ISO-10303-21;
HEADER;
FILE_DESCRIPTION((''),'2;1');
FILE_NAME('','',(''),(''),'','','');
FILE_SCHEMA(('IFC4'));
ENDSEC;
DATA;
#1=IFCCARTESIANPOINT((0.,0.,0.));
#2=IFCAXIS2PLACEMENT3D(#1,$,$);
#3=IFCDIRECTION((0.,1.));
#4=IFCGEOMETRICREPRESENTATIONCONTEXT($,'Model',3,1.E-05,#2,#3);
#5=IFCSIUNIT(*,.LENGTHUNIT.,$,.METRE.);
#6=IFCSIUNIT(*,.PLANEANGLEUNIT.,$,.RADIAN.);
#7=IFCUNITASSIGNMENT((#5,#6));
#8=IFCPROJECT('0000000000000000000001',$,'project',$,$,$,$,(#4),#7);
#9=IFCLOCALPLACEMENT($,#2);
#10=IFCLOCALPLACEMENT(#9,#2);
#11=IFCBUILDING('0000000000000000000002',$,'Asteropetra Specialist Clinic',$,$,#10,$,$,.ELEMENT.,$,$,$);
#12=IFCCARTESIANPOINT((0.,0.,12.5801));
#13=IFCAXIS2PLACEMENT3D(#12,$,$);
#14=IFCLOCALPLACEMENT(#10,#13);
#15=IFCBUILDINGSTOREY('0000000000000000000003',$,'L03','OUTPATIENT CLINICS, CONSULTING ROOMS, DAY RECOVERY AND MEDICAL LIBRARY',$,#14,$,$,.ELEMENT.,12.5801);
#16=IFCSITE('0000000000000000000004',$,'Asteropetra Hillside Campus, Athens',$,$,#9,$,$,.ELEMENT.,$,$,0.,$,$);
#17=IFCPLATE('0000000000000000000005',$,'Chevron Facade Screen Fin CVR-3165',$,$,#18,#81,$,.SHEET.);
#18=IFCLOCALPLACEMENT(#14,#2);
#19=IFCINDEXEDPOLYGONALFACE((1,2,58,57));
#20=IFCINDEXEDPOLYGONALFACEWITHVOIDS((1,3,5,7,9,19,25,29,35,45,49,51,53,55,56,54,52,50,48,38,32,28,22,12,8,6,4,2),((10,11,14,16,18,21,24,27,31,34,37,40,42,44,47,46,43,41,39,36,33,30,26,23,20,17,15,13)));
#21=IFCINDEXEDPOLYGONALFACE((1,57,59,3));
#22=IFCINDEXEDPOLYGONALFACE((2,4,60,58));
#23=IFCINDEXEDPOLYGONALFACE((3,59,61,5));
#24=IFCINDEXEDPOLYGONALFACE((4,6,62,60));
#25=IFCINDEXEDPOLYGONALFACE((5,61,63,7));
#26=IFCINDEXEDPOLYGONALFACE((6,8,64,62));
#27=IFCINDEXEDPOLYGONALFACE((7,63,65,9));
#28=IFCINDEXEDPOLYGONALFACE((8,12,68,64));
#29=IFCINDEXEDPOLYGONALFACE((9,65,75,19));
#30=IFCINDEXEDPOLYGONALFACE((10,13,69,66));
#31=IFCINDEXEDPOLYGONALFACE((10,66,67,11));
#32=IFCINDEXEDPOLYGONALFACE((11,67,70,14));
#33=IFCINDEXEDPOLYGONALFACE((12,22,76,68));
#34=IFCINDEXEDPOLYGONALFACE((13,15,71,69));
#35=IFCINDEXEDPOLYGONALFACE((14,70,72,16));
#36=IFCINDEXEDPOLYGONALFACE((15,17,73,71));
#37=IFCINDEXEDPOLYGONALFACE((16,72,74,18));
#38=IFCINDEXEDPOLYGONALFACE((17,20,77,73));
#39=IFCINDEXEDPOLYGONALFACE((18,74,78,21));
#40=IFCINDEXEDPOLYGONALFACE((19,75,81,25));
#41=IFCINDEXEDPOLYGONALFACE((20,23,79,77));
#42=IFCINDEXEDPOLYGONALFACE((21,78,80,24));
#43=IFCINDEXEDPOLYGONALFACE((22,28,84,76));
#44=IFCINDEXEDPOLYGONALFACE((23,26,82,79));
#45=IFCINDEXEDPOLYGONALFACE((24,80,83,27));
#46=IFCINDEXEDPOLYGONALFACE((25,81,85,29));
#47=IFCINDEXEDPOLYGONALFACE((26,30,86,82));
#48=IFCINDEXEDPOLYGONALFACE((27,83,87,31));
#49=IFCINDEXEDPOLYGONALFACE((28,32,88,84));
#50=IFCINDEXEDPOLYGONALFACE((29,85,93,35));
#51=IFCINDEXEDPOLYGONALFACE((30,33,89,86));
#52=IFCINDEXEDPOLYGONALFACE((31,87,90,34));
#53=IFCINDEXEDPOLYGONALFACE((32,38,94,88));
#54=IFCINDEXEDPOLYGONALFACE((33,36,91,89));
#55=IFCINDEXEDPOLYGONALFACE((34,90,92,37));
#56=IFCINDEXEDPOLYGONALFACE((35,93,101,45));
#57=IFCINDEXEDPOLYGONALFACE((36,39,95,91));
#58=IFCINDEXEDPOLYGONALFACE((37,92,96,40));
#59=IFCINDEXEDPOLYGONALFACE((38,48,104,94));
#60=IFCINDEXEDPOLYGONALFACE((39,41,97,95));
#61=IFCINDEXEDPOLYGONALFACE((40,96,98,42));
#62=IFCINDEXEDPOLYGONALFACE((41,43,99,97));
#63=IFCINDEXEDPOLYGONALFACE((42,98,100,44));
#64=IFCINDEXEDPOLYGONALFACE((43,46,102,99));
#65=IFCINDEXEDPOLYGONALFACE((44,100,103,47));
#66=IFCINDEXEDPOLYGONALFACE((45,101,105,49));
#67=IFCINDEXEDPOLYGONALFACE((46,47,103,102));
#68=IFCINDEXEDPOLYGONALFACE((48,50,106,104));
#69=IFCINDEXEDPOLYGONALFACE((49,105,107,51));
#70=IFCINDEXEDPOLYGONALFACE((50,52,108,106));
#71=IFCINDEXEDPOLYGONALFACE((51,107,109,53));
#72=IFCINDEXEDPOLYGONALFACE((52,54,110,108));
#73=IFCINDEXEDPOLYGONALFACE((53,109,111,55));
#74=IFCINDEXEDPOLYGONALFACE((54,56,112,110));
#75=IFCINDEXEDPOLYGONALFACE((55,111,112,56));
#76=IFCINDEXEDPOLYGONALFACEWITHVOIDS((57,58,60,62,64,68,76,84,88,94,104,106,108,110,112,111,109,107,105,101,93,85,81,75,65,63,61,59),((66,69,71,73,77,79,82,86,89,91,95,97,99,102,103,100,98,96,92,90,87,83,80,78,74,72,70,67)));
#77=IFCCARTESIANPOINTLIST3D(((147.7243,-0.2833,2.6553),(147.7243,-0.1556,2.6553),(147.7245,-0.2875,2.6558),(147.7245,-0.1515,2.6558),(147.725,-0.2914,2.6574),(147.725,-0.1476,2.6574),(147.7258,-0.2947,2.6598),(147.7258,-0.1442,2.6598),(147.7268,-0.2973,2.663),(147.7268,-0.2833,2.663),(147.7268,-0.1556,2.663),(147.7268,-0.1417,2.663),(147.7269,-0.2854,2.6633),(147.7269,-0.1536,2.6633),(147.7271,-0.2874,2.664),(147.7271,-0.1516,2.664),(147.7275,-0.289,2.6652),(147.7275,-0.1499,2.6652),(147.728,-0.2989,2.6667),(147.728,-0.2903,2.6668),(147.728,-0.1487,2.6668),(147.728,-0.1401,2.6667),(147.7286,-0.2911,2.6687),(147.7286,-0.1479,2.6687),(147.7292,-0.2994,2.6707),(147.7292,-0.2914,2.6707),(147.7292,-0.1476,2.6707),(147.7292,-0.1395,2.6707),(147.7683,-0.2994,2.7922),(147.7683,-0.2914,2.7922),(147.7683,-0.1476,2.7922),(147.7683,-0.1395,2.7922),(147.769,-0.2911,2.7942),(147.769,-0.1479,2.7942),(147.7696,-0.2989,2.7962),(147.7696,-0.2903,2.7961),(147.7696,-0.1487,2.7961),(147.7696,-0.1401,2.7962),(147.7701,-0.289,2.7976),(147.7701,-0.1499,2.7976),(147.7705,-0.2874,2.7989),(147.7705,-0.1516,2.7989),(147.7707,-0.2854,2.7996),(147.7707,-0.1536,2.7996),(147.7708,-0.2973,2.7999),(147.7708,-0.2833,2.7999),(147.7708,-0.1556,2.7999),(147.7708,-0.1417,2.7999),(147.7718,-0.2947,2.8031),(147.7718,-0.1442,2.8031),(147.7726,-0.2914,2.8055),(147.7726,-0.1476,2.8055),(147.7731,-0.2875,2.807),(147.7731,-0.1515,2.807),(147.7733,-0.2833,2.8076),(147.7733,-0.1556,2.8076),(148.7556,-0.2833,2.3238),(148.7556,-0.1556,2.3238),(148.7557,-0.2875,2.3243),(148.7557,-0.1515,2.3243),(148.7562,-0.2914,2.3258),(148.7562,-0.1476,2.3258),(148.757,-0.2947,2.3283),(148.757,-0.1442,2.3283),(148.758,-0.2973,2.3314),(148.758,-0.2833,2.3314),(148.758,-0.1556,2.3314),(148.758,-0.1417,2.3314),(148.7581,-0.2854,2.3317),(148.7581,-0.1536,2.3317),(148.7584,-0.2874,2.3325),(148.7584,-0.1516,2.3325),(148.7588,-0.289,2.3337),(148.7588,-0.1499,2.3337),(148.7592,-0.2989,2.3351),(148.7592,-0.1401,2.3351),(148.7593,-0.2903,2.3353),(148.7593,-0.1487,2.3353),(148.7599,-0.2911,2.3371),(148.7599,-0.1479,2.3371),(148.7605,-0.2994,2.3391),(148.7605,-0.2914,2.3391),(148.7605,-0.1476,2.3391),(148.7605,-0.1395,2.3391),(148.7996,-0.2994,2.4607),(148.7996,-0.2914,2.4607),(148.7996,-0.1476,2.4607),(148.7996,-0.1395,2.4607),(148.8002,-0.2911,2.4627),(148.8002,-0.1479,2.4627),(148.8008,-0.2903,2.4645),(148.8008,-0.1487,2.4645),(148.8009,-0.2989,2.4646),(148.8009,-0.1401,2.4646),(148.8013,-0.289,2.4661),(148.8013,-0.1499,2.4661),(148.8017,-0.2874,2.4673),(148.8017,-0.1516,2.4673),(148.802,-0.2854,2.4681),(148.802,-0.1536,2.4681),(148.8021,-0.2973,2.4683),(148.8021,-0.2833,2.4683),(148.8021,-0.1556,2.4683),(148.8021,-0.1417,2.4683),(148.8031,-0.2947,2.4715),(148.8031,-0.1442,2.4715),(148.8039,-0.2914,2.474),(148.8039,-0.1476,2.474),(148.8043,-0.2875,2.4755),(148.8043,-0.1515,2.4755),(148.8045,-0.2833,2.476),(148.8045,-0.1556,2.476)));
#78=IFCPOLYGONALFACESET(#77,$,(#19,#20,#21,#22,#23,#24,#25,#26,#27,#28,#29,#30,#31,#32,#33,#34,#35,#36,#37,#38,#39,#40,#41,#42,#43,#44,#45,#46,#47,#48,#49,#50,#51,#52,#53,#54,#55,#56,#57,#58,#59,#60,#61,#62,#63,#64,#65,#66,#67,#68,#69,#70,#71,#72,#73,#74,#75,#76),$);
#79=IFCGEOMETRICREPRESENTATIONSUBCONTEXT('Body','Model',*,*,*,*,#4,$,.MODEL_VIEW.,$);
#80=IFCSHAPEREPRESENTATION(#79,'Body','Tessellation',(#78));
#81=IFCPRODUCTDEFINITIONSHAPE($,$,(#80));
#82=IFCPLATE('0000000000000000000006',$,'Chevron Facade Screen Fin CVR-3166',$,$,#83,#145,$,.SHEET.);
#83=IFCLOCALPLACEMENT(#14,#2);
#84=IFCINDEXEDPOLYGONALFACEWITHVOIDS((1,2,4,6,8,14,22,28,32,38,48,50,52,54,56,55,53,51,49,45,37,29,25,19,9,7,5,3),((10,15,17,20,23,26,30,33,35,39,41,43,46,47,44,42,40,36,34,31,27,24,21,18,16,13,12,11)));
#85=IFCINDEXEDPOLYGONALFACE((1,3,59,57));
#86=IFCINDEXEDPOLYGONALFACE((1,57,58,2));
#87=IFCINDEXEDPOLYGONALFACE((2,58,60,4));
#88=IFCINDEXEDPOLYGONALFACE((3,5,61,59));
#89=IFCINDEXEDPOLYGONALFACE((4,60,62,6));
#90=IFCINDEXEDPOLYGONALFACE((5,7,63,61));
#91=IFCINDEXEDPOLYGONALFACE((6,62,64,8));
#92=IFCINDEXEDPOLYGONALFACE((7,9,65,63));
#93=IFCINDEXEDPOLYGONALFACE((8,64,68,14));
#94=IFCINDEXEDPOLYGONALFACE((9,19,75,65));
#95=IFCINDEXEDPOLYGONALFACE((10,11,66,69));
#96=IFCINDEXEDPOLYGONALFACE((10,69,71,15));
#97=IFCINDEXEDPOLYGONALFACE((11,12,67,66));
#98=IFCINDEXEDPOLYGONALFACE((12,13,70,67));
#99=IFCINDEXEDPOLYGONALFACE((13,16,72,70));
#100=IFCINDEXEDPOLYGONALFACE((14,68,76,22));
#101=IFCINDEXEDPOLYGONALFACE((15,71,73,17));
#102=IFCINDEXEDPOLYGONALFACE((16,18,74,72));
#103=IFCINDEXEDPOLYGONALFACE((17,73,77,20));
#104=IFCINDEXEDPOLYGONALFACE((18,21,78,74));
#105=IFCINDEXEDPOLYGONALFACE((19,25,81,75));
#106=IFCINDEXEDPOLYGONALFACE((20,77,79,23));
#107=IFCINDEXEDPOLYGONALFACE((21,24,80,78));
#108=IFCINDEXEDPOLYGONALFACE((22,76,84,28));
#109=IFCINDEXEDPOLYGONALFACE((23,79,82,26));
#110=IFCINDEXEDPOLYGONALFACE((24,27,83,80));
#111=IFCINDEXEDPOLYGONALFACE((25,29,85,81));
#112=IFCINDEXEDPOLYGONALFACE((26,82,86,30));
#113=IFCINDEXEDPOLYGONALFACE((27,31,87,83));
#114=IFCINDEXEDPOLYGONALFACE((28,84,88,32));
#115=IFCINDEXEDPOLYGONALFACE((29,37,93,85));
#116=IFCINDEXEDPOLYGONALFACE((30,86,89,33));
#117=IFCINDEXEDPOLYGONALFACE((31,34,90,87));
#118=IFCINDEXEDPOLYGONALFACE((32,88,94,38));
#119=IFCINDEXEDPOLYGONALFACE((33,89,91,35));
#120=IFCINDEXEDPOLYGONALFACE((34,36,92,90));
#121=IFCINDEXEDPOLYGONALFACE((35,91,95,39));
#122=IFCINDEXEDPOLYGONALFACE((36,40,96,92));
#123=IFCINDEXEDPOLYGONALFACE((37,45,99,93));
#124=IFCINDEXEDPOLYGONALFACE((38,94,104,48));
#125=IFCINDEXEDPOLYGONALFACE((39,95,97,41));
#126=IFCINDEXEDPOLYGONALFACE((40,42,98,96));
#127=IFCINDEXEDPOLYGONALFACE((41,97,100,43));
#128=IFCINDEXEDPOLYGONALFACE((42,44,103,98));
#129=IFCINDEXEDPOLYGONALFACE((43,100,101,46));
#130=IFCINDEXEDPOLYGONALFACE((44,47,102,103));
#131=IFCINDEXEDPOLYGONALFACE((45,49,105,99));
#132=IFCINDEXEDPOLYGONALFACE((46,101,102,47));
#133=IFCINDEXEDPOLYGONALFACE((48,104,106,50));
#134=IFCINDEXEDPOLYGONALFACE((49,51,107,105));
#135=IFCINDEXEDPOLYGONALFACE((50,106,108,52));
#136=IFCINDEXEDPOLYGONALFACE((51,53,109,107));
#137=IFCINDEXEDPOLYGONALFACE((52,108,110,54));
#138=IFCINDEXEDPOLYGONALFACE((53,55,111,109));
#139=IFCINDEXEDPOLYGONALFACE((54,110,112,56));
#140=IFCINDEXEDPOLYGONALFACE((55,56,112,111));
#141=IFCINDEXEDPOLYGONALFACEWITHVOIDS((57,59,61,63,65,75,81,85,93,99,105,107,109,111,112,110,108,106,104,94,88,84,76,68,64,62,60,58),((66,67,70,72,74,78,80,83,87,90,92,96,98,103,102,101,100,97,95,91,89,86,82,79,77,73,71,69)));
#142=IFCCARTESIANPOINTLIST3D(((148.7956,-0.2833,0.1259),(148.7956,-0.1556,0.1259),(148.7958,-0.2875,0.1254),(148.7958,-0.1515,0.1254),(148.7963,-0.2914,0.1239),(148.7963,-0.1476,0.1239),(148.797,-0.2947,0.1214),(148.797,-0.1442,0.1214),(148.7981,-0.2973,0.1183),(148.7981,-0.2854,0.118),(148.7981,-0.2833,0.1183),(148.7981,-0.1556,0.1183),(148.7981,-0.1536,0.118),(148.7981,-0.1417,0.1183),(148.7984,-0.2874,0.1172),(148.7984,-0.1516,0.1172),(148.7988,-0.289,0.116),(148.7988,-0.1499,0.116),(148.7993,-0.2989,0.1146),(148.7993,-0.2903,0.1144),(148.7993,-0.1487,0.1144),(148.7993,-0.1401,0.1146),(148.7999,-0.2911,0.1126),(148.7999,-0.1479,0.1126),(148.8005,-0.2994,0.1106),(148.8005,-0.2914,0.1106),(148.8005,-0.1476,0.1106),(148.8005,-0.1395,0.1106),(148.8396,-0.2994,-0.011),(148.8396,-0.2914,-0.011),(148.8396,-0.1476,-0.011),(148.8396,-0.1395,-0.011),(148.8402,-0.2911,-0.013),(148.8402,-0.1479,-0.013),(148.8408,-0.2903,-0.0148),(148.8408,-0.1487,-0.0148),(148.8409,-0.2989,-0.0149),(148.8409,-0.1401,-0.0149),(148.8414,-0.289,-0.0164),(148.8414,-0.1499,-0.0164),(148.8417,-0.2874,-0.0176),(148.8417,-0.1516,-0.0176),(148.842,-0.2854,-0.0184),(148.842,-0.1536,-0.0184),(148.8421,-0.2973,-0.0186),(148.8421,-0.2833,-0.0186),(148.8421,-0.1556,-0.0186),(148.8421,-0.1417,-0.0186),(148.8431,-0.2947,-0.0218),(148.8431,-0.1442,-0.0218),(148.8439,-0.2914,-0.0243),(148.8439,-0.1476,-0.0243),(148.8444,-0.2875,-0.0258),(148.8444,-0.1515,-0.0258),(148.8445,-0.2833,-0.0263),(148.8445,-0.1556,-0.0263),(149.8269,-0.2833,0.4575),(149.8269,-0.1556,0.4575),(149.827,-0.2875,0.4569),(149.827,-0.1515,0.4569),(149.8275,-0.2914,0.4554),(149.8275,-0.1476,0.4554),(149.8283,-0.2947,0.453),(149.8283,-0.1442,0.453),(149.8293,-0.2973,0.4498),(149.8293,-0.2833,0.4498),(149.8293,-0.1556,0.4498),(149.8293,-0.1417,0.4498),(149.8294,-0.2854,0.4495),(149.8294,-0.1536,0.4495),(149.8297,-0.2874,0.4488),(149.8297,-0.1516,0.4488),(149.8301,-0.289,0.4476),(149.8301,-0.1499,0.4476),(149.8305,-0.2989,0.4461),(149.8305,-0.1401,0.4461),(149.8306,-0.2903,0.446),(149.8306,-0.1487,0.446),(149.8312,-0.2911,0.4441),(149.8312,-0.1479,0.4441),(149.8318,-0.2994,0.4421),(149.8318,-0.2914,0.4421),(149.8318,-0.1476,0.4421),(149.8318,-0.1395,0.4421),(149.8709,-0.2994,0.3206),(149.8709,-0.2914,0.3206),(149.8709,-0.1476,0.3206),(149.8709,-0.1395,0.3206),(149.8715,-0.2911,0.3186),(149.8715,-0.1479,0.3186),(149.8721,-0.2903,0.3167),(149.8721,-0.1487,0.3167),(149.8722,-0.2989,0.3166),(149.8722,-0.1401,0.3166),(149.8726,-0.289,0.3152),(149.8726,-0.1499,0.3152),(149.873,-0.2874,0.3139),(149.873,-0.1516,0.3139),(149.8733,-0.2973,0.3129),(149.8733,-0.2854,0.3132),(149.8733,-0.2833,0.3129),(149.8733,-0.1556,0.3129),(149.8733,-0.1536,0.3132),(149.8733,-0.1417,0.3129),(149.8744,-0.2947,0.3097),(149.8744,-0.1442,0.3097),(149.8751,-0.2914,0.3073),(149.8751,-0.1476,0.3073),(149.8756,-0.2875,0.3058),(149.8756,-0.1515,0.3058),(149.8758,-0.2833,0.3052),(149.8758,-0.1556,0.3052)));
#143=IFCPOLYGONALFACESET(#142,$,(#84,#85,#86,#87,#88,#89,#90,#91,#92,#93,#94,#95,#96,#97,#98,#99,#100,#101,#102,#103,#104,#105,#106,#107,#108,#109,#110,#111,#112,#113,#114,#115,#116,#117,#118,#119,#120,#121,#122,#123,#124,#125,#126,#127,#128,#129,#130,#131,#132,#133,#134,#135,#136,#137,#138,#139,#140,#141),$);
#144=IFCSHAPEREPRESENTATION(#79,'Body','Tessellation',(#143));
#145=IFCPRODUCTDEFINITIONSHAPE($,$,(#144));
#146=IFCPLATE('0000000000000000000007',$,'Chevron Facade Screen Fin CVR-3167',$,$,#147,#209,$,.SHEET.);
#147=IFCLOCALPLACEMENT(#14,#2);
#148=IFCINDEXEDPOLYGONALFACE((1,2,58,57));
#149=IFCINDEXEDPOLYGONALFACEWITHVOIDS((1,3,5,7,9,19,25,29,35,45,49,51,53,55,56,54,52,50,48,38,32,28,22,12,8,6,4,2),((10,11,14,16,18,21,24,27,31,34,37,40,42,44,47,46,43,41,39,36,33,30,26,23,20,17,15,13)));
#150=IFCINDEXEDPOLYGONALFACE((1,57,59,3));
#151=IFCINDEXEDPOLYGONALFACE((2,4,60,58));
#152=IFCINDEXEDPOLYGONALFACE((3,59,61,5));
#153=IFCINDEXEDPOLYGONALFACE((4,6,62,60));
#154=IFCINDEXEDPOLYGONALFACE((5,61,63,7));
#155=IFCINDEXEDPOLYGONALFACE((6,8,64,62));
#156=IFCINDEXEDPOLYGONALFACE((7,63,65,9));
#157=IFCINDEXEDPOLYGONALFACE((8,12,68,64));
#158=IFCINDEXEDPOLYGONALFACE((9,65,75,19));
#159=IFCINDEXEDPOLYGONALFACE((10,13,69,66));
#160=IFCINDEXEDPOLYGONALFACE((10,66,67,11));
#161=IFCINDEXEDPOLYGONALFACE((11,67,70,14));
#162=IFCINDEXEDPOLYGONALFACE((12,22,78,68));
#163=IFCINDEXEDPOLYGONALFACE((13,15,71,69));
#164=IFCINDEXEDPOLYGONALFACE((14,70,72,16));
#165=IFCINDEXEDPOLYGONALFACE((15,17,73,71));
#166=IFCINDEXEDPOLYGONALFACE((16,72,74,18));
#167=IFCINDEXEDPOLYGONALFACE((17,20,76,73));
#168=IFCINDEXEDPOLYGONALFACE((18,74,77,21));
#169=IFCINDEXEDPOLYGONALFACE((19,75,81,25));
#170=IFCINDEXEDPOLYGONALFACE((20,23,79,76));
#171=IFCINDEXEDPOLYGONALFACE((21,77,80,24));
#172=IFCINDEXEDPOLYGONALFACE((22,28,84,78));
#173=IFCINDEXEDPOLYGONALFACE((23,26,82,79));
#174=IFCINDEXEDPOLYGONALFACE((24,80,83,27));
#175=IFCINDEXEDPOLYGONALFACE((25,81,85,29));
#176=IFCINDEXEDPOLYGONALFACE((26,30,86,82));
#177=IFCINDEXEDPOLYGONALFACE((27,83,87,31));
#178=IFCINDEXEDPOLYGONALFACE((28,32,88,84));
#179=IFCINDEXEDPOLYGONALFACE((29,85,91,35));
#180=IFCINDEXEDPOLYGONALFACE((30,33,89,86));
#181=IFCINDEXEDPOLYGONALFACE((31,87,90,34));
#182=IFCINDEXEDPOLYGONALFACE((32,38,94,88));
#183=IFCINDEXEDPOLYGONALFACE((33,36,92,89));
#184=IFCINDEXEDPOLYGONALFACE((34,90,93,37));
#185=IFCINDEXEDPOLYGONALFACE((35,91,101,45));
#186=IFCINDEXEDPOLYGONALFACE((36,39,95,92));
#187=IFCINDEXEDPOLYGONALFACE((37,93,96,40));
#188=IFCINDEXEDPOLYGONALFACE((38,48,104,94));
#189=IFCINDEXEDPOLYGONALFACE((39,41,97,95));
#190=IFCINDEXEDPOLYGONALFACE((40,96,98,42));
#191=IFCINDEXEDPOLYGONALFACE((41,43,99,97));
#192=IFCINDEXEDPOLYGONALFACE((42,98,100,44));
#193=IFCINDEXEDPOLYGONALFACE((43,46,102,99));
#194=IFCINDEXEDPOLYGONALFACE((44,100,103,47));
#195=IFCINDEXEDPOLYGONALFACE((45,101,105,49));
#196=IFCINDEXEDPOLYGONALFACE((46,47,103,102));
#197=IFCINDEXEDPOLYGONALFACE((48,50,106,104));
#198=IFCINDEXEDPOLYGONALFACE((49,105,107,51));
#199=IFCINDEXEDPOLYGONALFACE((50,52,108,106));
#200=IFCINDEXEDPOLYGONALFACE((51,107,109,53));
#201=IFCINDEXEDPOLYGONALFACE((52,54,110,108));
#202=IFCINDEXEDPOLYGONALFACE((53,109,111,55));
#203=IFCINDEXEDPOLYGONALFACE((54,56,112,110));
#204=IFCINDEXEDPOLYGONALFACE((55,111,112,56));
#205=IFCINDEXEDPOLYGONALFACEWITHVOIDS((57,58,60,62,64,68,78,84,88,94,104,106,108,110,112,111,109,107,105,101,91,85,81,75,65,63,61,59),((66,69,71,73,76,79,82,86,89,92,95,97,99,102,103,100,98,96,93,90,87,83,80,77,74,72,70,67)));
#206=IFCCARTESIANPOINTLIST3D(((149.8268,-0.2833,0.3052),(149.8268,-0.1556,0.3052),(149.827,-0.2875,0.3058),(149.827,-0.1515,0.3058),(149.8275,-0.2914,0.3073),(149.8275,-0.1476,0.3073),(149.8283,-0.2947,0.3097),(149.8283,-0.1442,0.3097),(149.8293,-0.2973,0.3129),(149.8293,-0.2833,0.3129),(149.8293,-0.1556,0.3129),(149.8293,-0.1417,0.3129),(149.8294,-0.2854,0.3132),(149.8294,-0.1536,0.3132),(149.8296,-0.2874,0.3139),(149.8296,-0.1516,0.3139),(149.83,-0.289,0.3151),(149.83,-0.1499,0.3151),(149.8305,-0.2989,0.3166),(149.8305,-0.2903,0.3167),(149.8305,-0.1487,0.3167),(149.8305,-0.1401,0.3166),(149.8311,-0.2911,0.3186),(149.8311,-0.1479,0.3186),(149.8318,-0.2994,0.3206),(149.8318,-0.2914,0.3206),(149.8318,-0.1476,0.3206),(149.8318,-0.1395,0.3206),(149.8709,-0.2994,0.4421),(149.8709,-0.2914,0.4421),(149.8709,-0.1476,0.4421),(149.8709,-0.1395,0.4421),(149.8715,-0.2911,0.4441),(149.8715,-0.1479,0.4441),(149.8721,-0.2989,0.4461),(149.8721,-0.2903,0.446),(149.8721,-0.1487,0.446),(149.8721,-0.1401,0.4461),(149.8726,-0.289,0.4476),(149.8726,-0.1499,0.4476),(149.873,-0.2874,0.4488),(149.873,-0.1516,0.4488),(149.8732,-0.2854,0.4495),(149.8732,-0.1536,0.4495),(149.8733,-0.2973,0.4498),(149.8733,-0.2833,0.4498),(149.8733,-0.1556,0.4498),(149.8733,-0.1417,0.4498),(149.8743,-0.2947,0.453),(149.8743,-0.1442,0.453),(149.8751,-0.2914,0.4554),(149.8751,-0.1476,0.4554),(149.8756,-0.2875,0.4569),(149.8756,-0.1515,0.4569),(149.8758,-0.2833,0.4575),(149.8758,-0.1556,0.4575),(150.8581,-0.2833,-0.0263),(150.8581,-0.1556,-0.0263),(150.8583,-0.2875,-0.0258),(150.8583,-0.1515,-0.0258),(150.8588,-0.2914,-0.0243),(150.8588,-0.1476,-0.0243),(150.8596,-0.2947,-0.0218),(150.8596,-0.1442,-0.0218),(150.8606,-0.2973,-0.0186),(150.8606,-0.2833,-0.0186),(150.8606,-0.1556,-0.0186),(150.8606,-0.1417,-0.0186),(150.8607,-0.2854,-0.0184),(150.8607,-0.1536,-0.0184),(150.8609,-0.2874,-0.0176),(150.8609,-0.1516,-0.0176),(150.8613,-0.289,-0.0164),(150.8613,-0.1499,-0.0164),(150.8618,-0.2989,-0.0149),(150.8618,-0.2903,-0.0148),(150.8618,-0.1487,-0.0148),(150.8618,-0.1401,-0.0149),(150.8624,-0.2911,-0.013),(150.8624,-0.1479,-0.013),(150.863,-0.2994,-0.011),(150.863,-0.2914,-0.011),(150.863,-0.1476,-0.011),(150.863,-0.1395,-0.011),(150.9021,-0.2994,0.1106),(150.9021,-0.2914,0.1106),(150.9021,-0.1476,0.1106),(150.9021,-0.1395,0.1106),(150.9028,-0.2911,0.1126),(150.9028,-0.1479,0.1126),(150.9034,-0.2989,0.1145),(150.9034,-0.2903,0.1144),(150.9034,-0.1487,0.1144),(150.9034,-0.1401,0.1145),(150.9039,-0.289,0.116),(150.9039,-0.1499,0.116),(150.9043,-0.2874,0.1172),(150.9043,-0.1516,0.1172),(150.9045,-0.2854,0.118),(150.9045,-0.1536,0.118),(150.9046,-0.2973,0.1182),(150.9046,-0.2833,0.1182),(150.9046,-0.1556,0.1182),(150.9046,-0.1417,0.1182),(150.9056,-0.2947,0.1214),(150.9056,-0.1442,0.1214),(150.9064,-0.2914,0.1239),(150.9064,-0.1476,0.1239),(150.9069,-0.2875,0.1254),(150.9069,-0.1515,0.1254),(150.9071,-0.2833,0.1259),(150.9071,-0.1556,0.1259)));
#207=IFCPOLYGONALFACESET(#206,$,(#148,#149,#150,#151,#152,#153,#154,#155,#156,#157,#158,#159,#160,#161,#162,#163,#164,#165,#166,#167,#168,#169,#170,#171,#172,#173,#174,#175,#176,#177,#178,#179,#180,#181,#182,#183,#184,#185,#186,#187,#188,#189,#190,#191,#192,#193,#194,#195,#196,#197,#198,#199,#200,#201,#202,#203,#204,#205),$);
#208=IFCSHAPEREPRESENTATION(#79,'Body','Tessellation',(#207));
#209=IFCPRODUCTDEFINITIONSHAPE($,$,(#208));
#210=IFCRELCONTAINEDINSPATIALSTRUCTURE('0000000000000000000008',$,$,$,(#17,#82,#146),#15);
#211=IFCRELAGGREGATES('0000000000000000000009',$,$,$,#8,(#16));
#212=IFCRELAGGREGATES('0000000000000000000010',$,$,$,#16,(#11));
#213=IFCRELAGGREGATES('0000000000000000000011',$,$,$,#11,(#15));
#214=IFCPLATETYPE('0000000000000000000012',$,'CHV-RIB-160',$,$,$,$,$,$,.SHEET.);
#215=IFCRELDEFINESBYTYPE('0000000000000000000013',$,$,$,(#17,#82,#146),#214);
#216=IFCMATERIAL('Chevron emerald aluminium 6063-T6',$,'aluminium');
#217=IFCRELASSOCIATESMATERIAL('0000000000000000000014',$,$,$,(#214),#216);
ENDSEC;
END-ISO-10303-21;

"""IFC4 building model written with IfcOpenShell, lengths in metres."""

from ifc_helpers import new_model, si_unit, direction, frame, origin, origin_2d, place, context, subcontext, project, spatial, hollow_rectangle, extrude, material, material_profile, profile_set, type_object, element, save


model = new_model("IFC4")

# Units and contexts
model_context = context("Model", 3, precision=1e-05, world=origin(), true_north=direction((0.0, 1.0)))
body_context = subcontext(model_context, "Body", "Model", "MODEL_VIEW")
ifc_project = project(units=[si_unit("LENGTHUNIT", "METRE"), si_unit("PLANEANGLEUNIT", "RADIAN")], contexts=[model_context])

# Site, building, storey
site_placement = place(None, origin())
site = spatial("IfcSite", under=ifc_project, at=site_placement, Name="Asteropetra Hillside Campus, Athens", CompositionType="ELEMENT", RefElevation=0.0)
building_placement = place(site_placement, origin())
building = spatial("IfcBuilding", under=site, at=building_placement, Name="Asteropetra Specialist Clinic", CompositionType="ELEMENT")
storey_placement = place(building_placement, frame((0.0, 0.0, 12.5801)))
storey = spatial("IfcBuildingStorey", under=building, at=storey_placement, Name="L03", Description="OUTPATIENT CLINICS, CONSULTING ROOMS, DAY RECOVERY AND MEDICAL LIBRARY", CompositionType="ELEMENT", Elevation=12.5801)

# Plates
ifc_material_1 = material(Name="Chevron emerald aluminium 6063-T6", Category="aluminium")
ifc_material_profile = material_profile(ifc_material_1, hollow_rectangle(XDim=0.1599, YDim=0.1599, WallThickness=0.0081, InnerFilletRadius=0.0081, OuterFilletRadius=0.0161, at=origin_2d()), Name="SHS 160x160x8.0")
ifc_profile_set = profile_set([ifc_material_profile], Name="Chevron emerald aluminium 6063-T6")
plate_type_1 = type_object("IfcPlateType", Name="CHV-RIB-160", PredefinedType="SHEET", material=ifc_profile_set)
for number, where, z_axis, x_axis, name in (
    (1, (147.7488, -0.2195, 2.7314), (0.95201, 0.0, -0.306068), (0.0, 1.0, 0.0), "Chevron Facade Screen Fin CVR-3165"),
    (2, (148.8201, -0.2195, 0.0498), (0.95201, 0.0, 0.306068), (0.0, 1.0, 0.0), "Chevron Facade Screen Fin CVR-3166"),
    (3, (149.8513, -0.2195, 0.3813), (0.95201, 0.0, -0.306068), (0.0, 1.0, 0.0), "Chevron Facade Screen Fin CVR-3167"),
):
    element("IfcPlate", number, at=place(storey_placement, frame(where, z_axis=z_axis, x_axis=x_axis)), inside=storey, type_object=plate_type_1, Name=name, PredefinedType="SHEET", context=body_context, shape_type="SweptSolid", body=[
        extrude(hollow_rectangle(XDim=0.1599, YDim=0.1599, WallThickness=0.0081, InnerFilletRadius=0.0081, OuterFilletRadius=0.0161, at=origin_2d()), origin(), (0.0, 0.0, 1.0), 1.0833),
    ])

save(model, "model.ifc")
